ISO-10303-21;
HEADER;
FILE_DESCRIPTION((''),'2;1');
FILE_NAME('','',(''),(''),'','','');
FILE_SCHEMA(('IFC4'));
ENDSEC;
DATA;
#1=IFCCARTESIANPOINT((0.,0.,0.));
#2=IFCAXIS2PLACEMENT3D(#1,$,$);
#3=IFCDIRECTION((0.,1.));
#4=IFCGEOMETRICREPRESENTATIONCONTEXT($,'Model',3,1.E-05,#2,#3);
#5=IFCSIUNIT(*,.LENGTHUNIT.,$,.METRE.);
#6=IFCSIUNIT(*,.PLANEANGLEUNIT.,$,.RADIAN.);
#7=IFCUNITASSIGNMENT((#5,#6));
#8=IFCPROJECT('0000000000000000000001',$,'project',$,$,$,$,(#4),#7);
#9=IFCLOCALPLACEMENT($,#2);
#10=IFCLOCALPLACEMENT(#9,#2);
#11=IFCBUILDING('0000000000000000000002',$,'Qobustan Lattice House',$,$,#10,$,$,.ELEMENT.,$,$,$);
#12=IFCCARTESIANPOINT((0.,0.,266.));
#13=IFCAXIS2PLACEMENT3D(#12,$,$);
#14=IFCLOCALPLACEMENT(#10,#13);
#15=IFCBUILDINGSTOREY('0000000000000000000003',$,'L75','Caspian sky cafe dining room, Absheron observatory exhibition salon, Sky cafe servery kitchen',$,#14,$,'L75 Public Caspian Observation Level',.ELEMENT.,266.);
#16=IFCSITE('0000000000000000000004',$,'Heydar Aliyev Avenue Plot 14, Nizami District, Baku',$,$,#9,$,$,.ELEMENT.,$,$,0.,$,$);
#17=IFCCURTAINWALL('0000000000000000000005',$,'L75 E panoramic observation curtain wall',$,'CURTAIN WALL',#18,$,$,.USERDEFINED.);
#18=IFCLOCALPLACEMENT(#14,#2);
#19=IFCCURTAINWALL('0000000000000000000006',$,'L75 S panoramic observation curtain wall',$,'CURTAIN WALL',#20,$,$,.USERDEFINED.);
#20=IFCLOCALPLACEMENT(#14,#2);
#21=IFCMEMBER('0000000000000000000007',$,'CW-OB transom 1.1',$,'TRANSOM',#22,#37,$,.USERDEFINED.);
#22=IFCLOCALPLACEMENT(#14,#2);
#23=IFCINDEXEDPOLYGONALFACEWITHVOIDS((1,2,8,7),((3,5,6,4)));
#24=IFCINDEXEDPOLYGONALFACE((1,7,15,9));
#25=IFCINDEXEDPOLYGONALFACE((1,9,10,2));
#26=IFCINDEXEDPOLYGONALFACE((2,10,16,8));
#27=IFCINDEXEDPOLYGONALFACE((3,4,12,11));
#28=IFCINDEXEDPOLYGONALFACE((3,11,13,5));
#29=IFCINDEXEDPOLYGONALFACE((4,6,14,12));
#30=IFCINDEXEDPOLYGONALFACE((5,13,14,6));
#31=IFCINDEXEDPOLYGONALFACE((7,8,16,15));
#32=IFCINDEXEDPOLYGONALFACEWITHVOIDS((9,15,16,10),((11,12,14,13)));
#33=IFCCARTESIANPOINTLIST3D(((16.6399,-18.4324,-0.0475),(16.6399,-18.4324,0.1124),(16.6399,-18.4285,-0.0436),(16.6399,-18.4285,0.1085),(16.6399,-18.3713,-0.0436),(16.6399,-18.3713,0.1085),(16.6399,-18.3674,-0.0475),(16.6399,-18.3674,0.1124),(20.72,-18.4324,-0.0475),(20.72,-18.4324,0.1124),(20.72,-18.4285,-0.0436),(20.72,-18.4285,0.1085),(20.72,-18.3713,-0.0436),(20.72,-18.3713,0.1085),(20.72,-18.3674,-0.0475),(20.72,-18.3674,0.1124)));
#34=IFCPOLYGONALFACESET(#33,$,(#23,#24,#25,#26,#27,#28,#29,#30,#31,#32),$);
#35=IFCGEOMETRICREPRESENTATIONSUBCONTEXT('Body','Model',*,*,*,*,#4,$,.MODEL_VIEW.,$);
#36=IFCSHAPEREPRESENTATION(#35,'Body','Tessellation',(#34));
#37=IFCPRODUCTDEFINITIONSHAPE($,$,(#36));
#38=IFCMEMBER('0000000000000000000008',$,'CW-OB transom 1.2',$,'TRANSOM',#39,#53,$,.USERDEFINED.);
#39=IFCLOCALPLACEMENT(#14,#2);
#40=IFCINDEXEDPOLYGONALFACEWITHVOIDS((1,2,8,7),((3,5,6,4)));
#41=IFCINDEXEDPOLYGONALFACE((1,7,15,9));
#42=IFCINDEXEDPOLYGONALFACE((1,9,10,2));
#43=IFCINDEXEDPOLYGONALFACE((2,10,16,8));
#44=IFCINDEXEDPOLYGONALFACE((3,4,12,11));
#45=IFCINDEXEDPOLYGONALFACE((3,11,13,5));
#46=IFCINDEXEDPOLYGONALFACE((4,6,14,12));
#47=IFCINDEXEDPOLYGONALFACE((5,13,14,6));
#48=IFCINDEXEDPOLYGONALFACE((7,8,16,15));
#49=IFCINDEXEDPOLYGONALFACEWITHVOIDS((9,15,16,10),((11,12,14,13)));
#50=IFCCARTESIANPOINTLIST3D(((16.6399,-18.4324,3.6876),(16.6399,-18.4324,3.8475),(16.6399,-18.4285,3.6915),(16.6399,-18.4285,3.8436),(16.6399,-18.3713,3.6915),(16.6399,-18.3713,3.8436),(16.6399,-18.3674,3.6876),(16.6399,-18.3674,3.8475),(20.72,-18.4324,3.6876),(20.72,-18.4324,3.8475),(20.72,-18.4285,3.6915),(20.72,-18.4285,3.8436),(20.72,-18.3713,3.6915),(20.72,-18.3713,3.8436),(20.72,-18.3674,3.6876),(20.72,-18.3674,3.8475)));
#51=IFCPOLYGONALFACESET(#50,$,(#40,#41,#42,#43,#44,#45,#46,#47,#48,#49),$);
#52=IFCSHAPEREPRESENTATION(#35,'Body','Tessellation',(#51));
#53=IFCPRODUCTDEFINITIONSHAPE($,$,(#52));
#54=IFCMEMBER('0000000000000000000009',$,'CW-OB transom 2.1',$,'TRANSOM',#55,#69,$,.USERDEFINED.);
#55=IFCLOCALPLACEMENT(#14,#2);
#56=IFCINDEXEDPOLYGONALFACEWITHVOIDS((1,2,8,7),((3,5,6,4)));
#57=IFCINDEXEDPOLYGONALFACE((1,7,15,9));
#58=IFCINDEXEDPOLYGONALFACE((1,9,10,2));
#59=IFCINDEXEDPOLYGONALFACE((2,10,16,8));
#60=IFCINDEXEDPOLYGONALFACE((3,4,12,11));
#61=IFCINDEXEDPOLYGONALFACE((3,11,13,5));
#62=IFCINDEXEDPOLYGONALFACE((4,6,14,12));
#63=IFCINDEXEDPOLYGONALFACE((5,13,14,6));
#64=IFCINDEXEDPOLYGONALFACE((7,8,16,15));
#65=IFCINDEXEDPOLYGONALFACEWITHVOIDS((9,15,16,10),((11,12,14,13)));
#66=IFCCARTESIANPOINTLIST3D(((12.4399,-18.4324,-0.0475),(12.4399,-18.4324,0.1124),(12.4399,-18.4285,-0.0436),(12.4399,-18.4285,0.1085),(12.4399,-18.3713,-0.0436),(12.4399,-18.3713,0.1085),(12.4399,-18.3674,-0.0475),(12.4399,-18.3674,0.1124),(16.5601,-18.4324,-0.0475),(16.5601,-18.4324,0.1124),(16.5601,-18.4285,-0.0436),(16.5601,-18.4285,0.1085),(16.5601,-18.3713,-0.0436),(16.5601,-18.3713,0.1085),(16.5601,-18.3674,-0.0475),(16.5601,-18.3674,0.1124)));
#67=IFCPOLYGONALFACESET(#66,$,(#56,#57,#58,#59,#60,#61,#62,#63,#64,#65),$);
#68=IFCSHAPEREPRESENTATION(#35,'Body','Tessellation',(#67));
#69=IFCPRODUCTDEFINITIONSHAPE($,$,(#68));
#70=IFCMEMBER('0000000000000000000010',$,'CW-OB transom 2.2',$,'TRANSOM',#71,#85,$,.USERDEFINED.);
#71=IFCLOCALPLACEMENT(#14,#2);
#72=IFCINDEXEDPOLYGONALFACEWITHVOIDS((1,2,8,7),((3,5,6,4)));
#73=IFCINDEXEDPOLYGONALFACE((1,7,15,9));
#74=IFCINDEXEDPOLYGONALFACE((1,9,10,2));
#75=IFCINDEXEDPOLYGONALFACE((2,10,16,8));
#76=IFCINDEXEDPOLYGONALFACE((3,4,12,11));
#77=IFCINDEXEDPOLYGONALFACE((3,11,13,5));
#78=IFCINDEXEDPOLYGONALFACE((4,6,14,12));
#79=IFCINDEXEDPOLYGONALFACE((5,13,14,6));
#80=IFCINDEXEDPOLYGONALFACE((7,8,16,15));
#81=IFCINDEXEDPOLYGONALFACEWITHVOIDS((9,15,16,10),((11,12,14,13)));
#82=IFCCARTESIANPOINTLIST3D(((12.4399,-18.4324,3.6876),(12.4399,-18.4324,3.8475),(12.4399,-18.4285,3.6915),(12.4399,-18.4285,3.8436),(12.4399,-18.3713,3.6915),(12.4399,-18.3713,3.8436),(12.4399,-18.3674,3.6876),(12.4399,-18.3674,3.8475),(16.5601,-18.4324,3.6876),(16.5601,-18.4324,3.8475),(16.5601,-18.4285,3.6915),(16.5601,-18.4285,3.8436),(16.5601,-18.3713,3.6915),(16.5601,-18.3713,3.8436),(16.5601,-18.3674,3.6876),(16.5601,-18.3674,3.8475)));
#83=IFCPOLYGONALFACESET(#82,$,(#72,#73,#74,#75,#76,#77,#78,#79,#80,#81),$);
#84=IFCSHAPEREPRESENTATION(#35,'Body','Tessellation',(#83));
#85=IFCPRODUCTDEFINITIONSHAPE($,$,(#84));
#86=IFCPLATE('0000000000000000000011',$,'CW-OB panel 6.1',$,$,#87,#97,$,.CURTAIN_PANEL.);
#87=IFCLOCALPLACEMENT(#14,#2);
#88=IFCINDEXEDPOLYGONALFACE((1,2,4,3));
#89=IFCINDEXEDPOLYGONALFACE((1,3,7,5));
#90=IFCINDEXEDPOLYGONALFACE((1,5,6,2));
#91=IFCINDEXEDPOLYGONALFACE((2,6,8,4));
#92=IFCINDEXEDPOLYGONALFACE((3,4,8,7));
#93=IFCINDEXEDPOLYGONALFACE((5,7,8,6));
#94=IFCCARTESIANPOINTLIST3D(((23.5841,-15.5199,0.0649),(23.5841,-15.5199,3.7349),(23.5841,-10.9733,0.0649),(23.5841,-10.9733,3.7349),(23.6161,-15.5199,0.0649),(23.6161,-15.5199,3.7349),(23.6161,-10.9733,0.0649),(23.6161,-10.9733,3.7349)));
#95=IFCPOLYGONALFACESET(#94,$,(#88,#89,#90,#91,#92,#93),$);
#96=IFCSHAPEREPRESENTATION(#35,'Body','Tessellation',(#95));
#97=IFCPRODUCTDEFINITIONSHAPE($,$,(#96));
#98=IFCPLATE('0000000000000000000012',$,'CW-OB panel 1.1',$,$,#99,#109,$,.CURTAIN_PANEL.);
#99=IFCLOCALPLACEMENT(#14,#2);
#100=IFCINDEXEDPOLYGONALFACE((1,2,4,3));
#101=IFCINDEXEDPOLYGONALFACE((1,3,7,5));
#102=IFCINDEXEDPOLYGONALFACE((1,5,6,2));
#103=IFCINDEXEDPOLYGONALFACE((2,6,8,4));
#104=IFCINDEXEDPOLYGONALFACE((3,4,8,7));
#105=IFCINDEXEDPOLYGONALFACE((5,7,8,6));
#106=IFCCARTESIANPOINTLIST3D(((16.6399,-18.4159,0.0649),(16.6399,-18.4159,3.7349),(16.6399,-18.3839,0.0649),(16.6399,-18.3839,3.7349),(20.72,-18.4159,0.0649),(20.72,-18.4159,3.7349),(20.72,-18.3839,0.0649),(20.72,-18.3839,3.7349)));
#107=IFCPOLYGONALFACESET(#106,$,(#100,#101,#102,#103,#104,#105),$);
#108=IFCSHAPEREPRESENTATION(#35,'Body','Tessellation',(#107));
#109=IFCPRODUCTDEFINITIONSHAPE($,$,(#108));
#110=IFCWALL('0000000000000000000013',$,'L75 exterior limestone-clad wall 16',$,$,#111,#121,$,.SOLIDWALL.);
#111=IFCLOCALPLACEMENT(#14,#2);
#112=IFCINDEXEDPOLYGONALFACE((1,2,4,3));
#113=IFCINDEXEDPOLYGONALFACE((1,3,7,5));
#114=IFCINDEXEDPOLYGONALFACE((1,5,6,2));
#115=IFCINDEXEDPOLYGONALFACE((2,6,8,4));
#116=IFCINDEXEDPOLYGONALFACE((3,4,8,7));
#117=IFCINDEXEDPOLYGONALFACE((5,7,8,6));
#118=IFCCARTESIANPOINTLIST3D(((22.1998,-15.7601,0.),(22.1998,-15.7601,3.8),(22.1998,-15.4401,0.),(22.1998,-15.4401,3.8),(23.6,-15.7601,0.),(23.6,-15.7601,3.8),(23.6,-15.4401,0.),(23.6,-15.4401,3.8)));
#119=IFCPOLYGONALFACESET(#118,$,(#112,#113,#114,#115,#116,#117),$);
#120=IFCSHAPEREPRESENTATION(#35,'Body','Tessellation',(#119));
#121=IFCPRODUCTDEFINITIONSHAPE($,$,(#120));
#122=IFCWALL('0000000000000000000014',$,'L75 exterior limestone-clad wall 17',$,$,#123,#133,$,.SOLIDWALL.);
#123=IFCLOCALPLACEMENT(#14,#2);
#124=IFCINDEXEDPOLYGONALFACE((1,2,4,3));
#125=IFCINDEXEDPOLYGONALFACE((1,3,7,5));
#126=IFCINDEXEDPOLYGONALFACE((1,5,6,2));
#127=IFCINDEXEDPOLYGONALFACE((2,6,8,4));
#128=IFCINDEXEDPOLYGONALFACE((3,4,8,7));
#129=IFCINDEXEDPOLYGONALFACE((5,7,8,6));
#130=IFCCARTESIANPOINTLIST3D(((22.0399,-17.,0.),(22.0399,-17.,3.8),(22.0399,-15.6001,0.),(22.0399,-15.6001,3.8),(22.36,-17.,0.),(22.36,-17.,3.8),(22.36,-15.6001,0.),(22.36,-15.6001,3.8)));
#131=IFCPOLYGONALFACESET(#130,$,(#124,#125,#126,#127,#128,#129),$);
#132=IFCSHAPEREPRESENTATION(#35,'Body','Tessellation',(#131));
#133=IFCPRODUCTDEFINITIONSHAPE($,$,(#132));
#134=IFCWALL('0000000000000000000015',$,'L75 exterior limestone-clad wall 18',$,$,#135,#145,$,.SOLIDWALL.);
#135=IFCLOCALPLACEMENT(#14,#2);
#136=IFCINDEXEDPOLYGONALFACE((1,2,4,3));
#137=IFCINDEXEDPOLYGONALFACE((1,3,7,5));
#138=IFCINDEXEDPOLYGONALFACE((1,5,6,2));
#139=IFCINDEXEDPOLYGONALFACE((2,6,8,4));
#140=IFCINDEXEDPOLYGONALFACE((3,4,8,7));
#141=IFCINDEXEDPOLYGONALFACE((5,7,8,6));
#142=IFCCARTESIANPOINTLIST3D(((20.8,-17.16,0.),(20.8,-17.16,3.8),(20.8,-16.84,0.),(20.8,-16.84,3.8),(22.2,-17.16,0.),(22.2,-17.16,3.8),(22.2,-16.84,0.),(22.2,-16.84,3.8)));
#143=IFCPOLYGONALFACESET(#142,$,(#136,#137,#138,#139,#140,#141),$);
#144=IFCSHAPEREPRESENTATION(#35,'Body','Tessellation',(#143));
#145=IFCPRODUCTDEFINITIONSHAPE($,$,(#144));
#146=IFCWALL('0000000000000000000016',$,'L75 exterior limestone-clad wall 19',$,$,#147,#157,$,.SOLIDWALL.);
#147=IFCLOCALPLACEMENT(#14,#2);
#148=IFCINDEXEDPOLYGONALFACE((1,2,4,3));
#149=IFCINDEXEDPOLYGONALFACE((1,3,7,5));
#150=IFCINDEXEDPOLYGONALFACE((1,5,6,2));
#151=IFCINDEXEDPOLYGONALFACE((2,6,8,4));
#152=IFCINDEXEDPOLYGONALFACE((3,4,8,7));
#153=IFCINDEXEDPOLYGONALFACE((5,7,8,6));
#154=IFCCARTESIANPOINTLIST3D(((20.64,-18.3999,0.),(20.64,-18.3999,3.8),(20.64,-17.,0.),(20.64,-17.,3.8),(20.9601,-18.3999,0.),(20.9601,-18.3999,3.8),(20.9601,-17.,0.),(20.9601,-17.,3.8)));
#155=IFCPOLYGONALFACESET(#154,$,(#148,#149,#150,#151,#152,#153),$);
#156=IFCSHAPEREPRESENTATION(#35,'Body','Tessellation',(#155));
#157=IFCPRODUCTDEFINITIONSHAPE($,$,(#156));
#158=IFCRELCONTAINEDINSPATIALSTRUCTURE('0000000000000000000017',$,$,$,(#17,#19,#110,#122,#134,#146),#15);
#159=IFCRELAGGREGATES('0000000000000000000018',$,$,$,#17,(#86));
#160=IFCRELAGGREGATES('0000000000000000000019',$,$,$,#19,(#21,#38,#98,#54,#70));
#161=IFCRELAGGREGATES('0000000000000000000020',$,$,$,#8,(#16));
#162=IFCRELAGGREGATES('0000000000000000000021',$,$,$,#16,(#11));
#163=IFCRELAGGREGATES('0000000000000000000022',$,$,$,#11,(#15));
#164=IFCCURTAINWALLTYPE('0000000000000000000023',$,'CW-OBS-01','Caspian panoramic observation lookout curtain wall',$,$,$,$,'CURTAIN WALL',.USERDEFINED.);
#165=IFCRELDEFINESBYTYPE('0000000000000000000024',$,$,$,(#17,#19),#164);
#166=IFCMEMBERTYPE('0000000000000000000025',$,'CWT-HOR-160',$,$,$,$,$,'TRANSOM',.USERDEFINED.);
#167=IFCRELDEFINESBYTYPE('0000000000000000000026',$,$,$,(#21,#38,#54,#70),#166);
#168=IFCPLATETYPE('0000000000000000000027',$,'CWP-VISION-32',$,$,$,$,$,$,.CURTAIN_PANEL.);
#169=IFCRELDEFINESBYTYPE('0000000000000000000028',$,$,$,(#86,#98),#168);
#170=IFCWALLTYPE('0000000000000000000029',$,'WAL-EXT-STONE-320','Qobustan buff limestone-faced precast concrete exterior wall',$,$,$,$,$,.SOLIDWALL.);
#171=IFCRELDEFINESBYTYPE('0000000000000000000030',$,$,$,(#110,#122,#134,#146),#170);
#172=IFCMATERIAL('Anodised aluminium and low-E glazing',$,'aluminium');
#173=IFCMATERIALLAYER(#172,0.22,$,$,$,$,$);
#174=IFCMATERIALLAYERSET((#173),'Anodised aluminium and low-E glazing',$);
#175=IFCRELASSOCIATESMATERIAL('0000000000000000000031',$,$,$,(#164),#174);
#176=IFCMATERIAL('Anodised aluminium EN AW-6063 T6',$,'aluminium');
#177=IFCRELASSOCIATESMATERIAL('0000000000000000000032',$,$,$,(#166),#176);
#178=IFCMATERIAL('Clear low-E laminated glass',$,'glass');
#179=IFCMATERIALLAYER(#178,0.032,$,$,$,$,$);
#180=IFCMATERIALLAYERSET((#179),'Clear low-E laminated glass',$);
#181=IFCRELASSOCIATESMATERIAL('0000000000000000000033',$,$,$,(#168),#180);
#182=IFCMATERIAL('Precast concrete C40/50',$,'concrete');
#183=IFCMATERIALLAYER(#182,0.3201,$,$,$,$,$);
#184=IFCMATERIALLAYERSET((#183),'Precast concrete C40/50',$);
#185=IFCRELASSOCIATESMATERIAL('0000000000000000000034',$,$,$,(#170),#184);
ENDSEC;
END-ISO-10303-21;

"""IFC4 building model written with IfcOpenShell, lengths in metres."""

from ifc_helpers import new_model, si_unit, direction, frame, frame_2d, origin, origin_2d, place, context, subcontext, project, spatial, rectangle, hollow_rectangle, extrude, material, layer, layer_set, material_profile, profile_set, type_object, element, aggregate, save


model = new_model("IFC4")

# Units and contexts
model_context = context("Model", 3, precision=1e-05, world=origin(), true_north=direction((0.0, 1.0)))
body_context = subcontext(model_context, "Body", "Model", "MODEL_VIEW")
ifc_project = project(units=[si_unit("LENGTHUNIT", "METRE"), si_unit("PLANEANGLEUNIT", "RADIAN")], contexts=[model_context])

# Site, building, storey
site_placement = place(None, origin())
site = spatial("IfcSite", under=ifc_project, at=site_placement, Name="Heydar Aliyev Avenue Plot 14, Nizami District, Baku", CompositionType="ELEMENT", RefElevation=0.0)
building_placement = place(site_placement, origin())
building = spatial("IfcBuilding", under=site, at=building_placement, Name="Qobustan Lattice House", CompositionType="ELEMENT")
storey_placement = place(building_placement, frame((0.0, 0.0, 266.0)))
storey = spatial("IfcBuildingStorey", under=building, at=storey_placement, Name="L75", Description="Caspian sky cafe dining room, Absheron observatory exhibition salon, Sky cafe servery kitchen", LongName="L75 Public Caspian Observation Level", CompositionType="ELEMENT", Elevation=266.0)

# Curtain wall
ifc_material_1 = material(Name="Anodised aluminium and low-E glazing", Category="aluminium")
ifc_layer_1 = layer(ifc_material_1, 0.22)
ifc_layer_set_1 = layer_set([ifc_layer_1], Name="Anodised aluminium and low-E glazing")
curtain_wall_type = type_object("IfcCurtainWallType", Name="CW-OBS-01", Description="Caspian panoramic observation lookout curtain wall", ElementType="CURTAIN WALL", PredefinedType="USERDEFINED", material=ifc_layer_set_1)
curtain_wall_1_placement = place(storey_placement, origin())
curtain_wall_1 = element("IfcCurtainWall", 1, at=curtain_wall_1_placement, inside=storey, type_object=curtain_wall_type, Name="L75 E panoramic observation curtain wall", ObjectType="CURTAIN WALL", PredefinedType="USERDEFINED")

# Curtain wall
curtain_wall_2_placement = place(storey_placement, origin())
curtain_wall_2 = element("IfcCurtainWall", 2, at=curtain_wall_2_placement, inside=storey, type_object=curtain_wall_type, Name="L75 S panoramic observation curtain wall", ObjectType="CURTAIN WALL", PredefinedType="USERDEFINED")

# Members
ifc_material_2 = material(Name="Anodised aluminium EN AW-6063 T6", Category="aluminium")
ifc_material_profile_1 = material_profile(ifc_material_2, hollow_rectangle(XDim=0.0649, YDim=0.1599, WallThickness=0.0039, at=origin_2d()), Name="CWT-160x65")
ifc_profile_set_1 = profile_set([ifc_material_profile_1], Name="Anodised aluminium EN AW-6063 T6")
member_type_1 = type_object("IfcMemberType", Name="CWT-HOR-160", ElementType="TRANSOM", PredefinedType="USERDEFINED", material=ifc_profile_set_1)
member_1_placement = place(storey_placement, frame((20.72, -18.3999, 0.0325), z_axis=(-1.0, 0.0, 0.0), x_axis=(0.0, -1.0, 0.0)))
member_1 = element("IfcMember", 3, at=member_1_placement, type_object=member_type_1, Name="CW-OB transom 1.1", ObjectType="TRANSOM", PredefinedType="USERDEFINED", context=body_context, shape_type="SweptSolid", body=[
    extrude(hollow_rectangle(XDim=0.0649, YDim=0.1599, WallThickness=0.0039, at=origin_2d()), origin(), (0.0, 0.0, 1.0), 4.0801),
])
member_2_placement = place(storey_placement, frame((20.72, -18.3999, 3.7676), z_axis=(-1.0, 0.0, 0.0), x_axis=(0.0, -1.0, 0.0)))
member_2 = element("IfcMember", 4, at=member_2_placement, type_object=member_type_1, Name="CW-OB transom 1.2", ObjectType="TRANSOM", PredefinedType="USERDEFINED", context=body_context, shape_type="SweptSolid", body=[
    extrude(hollow_rectangle(XDim=0.0649, YDim=0.1599, WallThickness=0.0039, at=origin_2d()), origin(), (0.0, 0.0, 1.0), 4.0801),
])
member_3_placement = place(storey_placement, frame((16.5601, -18.3999, 0.0325), z_axis=(-1.0, 0.0, 0.0), x_axis=(0.0, -1.0, 0.0)))
member_3 = element("IfcMember", 5, at=member_3_placement, type_object=member_type_1, Name="CW-OB transom 2.1", ObjectType="TRANSOM", PredefinedType="USERDEFINED", context=body_context, shape_type="SweptSolid", body=[
    extrude(hollow_rectangle(XDim=0.0649, YDim=0.1599, WallThickness=0.0039, at=origin_2d()), origin(), (0.0, 0.0, 1.0), 4.1201),
])
member_4_placement = place(storey_placement, frame((16.5601, -18.3999, 3.7676), z_axis=(-1.0, 0.0, 0.0), x_axis=(0.0, -1.0, 0.0)))
member_4 = element("IfcMember", 6, at=member_4_placement, type_object=member_type_1, Name="CW-OB transom 2.2", ObjectType="TRANSOM", PredefinedType="USERDEFINED", context=body_context, shape_type="SweptSolid", body=[
    extrude(hollow_rectangle(XDim=0.0649, YDim=0.1599, WallThickness=0.0039, at=origin_2d()), origin(), (0.0, 0.0, 1.0), 4.1201),
])

# Plates
ifc_material_3 = material(Name="Clear low-E laminated glass", Category="glass")
ifc_layer_2 = layer(ifc_material_3, 0.032)
ifc_layer_set_2 = layer_set([ifc_layer_2], Name="Clear low-E laminated glass")
plate_type = type_object("IfcPlateType", Name="CWP-VISION-32", PredefinedType="CURTAIN_PANEL", material=ifc_layer_set_2)
plate_1_placement = place(storey_placement, frame((23.6001, -13.2466, 0.0649), z_axis=(0.0, 0.0, 1.0), x_axis=(0.0, -1.0, 0.0)))
plate_1 = element("IfcPlate", 7, at=plate_1_placement, type_object=plate_type, Name="CW-OB panel 6.1", PredefinedType="CURTAIN_PANEL", context=body_context, shape_type="SweptSolid", body=[
    extrude(rectangle(XDim=4.5466, YDim=0.032, at=origin_2d()), origin(), (0.0, 0.0, 1.0), 3.6699),
])
aggregate(curtain_wall_1, [plate_1])
plate_2_placement = place(storey_placement, frame((18.6799, -18.3999, 0.0649), z_axis=(0.0, 0.0, 1.0), x_axis=(-1.0, 0.0, 0.0)))
plate_2 = element("IfcPlate", 8, at=plate_2_placement, type_object=plate_type, Name="CW-OB panel 1.1", PredefinedType="CURTAIN_PANEL", context=body_context, shape_type="SweptSolid", body=[
    extrude(rectangle(XDim=4.0801, YDim=0.032, at=origin_2d()), origin(), (0.0, 0.0, 1.0), 3.6699),
])
aggregate(curtain_wall_2, [member_1, member_2, plate_2, member_3, member_4])

# Walls
ifc_material_4 = material(Name="Precast concrete C40/50", Category="concrete")
ifc_layer_3 = layer(ifc_material_4, 0.3201)
ifc_layer_set_3 = layer_set([ifc_layer_3], Name="Precast concrete C40/50")
wall_type = type_object("IfcWallType", Name="WAL-EXT-STONE-320", Description="Qobustan buff limestone-faced precast concrete exterior wall", PredefinedType="SOLIDWALL", material=ifc_layer_set_3)
wall_placement = place(storey_placement, frame((23.6001, -15.6001, 0.0), z_axis=(0.0, 0.0, 1.0), x_axis=(-1.0, 0.0, 0.0)))
element("IfcWall", 9, at=wall_placement, inside=storey, type_object=wall_type, Name="L75 exterior limestone-clad wall 16", PredefinedType="SOLIDWALL", context=body_context, shape_type="SweptSolid", body=[
    extrude(rectangle(XDim=1.4001, YDim=0.3201, at=frame_2d((0.7002, 0.0))), origin(), (0.0, 0.0, 1.0), 3.8),
])
for number, where, z_axis, x_axis, name in (
    (10, (22.2, -15.6001, 0.0), (0.0, 0.0, 1.0), (0.0, -1.0, 0.0), "L75 exterior limestone-clad wall 17"),
    (11, (22.2, -17.0, 0.0), (0.0, 0.0, 1.0), (-1.0, 0.0, 0.0), "L75 exterior limestone-clad wall 18"),
    (12, (20.8, -17.0, 0.0), (0.0, 0.0, 1.0), (0.0, -1.0, 0.0), "L75 exterior limestone-clad wall 19"),
):
    element("IfcWall", number, at=place(storey_placement, frame(where, z_axis=z_axis, x_axis=x_axis)), inside=storey, type_object=wall_type, Name=name, PredefinedType="SOLIDWALL", context=body_context, shape_type="SweptSolid", body=[
        extrude(rectangle(XDim=1.3999, YDim=0.3201, at=frame_2d((0.7, 0.0))), origin(), (0.0, 0.0, 1.0), 3.8),
    ])

save(model, "model.ifc")
